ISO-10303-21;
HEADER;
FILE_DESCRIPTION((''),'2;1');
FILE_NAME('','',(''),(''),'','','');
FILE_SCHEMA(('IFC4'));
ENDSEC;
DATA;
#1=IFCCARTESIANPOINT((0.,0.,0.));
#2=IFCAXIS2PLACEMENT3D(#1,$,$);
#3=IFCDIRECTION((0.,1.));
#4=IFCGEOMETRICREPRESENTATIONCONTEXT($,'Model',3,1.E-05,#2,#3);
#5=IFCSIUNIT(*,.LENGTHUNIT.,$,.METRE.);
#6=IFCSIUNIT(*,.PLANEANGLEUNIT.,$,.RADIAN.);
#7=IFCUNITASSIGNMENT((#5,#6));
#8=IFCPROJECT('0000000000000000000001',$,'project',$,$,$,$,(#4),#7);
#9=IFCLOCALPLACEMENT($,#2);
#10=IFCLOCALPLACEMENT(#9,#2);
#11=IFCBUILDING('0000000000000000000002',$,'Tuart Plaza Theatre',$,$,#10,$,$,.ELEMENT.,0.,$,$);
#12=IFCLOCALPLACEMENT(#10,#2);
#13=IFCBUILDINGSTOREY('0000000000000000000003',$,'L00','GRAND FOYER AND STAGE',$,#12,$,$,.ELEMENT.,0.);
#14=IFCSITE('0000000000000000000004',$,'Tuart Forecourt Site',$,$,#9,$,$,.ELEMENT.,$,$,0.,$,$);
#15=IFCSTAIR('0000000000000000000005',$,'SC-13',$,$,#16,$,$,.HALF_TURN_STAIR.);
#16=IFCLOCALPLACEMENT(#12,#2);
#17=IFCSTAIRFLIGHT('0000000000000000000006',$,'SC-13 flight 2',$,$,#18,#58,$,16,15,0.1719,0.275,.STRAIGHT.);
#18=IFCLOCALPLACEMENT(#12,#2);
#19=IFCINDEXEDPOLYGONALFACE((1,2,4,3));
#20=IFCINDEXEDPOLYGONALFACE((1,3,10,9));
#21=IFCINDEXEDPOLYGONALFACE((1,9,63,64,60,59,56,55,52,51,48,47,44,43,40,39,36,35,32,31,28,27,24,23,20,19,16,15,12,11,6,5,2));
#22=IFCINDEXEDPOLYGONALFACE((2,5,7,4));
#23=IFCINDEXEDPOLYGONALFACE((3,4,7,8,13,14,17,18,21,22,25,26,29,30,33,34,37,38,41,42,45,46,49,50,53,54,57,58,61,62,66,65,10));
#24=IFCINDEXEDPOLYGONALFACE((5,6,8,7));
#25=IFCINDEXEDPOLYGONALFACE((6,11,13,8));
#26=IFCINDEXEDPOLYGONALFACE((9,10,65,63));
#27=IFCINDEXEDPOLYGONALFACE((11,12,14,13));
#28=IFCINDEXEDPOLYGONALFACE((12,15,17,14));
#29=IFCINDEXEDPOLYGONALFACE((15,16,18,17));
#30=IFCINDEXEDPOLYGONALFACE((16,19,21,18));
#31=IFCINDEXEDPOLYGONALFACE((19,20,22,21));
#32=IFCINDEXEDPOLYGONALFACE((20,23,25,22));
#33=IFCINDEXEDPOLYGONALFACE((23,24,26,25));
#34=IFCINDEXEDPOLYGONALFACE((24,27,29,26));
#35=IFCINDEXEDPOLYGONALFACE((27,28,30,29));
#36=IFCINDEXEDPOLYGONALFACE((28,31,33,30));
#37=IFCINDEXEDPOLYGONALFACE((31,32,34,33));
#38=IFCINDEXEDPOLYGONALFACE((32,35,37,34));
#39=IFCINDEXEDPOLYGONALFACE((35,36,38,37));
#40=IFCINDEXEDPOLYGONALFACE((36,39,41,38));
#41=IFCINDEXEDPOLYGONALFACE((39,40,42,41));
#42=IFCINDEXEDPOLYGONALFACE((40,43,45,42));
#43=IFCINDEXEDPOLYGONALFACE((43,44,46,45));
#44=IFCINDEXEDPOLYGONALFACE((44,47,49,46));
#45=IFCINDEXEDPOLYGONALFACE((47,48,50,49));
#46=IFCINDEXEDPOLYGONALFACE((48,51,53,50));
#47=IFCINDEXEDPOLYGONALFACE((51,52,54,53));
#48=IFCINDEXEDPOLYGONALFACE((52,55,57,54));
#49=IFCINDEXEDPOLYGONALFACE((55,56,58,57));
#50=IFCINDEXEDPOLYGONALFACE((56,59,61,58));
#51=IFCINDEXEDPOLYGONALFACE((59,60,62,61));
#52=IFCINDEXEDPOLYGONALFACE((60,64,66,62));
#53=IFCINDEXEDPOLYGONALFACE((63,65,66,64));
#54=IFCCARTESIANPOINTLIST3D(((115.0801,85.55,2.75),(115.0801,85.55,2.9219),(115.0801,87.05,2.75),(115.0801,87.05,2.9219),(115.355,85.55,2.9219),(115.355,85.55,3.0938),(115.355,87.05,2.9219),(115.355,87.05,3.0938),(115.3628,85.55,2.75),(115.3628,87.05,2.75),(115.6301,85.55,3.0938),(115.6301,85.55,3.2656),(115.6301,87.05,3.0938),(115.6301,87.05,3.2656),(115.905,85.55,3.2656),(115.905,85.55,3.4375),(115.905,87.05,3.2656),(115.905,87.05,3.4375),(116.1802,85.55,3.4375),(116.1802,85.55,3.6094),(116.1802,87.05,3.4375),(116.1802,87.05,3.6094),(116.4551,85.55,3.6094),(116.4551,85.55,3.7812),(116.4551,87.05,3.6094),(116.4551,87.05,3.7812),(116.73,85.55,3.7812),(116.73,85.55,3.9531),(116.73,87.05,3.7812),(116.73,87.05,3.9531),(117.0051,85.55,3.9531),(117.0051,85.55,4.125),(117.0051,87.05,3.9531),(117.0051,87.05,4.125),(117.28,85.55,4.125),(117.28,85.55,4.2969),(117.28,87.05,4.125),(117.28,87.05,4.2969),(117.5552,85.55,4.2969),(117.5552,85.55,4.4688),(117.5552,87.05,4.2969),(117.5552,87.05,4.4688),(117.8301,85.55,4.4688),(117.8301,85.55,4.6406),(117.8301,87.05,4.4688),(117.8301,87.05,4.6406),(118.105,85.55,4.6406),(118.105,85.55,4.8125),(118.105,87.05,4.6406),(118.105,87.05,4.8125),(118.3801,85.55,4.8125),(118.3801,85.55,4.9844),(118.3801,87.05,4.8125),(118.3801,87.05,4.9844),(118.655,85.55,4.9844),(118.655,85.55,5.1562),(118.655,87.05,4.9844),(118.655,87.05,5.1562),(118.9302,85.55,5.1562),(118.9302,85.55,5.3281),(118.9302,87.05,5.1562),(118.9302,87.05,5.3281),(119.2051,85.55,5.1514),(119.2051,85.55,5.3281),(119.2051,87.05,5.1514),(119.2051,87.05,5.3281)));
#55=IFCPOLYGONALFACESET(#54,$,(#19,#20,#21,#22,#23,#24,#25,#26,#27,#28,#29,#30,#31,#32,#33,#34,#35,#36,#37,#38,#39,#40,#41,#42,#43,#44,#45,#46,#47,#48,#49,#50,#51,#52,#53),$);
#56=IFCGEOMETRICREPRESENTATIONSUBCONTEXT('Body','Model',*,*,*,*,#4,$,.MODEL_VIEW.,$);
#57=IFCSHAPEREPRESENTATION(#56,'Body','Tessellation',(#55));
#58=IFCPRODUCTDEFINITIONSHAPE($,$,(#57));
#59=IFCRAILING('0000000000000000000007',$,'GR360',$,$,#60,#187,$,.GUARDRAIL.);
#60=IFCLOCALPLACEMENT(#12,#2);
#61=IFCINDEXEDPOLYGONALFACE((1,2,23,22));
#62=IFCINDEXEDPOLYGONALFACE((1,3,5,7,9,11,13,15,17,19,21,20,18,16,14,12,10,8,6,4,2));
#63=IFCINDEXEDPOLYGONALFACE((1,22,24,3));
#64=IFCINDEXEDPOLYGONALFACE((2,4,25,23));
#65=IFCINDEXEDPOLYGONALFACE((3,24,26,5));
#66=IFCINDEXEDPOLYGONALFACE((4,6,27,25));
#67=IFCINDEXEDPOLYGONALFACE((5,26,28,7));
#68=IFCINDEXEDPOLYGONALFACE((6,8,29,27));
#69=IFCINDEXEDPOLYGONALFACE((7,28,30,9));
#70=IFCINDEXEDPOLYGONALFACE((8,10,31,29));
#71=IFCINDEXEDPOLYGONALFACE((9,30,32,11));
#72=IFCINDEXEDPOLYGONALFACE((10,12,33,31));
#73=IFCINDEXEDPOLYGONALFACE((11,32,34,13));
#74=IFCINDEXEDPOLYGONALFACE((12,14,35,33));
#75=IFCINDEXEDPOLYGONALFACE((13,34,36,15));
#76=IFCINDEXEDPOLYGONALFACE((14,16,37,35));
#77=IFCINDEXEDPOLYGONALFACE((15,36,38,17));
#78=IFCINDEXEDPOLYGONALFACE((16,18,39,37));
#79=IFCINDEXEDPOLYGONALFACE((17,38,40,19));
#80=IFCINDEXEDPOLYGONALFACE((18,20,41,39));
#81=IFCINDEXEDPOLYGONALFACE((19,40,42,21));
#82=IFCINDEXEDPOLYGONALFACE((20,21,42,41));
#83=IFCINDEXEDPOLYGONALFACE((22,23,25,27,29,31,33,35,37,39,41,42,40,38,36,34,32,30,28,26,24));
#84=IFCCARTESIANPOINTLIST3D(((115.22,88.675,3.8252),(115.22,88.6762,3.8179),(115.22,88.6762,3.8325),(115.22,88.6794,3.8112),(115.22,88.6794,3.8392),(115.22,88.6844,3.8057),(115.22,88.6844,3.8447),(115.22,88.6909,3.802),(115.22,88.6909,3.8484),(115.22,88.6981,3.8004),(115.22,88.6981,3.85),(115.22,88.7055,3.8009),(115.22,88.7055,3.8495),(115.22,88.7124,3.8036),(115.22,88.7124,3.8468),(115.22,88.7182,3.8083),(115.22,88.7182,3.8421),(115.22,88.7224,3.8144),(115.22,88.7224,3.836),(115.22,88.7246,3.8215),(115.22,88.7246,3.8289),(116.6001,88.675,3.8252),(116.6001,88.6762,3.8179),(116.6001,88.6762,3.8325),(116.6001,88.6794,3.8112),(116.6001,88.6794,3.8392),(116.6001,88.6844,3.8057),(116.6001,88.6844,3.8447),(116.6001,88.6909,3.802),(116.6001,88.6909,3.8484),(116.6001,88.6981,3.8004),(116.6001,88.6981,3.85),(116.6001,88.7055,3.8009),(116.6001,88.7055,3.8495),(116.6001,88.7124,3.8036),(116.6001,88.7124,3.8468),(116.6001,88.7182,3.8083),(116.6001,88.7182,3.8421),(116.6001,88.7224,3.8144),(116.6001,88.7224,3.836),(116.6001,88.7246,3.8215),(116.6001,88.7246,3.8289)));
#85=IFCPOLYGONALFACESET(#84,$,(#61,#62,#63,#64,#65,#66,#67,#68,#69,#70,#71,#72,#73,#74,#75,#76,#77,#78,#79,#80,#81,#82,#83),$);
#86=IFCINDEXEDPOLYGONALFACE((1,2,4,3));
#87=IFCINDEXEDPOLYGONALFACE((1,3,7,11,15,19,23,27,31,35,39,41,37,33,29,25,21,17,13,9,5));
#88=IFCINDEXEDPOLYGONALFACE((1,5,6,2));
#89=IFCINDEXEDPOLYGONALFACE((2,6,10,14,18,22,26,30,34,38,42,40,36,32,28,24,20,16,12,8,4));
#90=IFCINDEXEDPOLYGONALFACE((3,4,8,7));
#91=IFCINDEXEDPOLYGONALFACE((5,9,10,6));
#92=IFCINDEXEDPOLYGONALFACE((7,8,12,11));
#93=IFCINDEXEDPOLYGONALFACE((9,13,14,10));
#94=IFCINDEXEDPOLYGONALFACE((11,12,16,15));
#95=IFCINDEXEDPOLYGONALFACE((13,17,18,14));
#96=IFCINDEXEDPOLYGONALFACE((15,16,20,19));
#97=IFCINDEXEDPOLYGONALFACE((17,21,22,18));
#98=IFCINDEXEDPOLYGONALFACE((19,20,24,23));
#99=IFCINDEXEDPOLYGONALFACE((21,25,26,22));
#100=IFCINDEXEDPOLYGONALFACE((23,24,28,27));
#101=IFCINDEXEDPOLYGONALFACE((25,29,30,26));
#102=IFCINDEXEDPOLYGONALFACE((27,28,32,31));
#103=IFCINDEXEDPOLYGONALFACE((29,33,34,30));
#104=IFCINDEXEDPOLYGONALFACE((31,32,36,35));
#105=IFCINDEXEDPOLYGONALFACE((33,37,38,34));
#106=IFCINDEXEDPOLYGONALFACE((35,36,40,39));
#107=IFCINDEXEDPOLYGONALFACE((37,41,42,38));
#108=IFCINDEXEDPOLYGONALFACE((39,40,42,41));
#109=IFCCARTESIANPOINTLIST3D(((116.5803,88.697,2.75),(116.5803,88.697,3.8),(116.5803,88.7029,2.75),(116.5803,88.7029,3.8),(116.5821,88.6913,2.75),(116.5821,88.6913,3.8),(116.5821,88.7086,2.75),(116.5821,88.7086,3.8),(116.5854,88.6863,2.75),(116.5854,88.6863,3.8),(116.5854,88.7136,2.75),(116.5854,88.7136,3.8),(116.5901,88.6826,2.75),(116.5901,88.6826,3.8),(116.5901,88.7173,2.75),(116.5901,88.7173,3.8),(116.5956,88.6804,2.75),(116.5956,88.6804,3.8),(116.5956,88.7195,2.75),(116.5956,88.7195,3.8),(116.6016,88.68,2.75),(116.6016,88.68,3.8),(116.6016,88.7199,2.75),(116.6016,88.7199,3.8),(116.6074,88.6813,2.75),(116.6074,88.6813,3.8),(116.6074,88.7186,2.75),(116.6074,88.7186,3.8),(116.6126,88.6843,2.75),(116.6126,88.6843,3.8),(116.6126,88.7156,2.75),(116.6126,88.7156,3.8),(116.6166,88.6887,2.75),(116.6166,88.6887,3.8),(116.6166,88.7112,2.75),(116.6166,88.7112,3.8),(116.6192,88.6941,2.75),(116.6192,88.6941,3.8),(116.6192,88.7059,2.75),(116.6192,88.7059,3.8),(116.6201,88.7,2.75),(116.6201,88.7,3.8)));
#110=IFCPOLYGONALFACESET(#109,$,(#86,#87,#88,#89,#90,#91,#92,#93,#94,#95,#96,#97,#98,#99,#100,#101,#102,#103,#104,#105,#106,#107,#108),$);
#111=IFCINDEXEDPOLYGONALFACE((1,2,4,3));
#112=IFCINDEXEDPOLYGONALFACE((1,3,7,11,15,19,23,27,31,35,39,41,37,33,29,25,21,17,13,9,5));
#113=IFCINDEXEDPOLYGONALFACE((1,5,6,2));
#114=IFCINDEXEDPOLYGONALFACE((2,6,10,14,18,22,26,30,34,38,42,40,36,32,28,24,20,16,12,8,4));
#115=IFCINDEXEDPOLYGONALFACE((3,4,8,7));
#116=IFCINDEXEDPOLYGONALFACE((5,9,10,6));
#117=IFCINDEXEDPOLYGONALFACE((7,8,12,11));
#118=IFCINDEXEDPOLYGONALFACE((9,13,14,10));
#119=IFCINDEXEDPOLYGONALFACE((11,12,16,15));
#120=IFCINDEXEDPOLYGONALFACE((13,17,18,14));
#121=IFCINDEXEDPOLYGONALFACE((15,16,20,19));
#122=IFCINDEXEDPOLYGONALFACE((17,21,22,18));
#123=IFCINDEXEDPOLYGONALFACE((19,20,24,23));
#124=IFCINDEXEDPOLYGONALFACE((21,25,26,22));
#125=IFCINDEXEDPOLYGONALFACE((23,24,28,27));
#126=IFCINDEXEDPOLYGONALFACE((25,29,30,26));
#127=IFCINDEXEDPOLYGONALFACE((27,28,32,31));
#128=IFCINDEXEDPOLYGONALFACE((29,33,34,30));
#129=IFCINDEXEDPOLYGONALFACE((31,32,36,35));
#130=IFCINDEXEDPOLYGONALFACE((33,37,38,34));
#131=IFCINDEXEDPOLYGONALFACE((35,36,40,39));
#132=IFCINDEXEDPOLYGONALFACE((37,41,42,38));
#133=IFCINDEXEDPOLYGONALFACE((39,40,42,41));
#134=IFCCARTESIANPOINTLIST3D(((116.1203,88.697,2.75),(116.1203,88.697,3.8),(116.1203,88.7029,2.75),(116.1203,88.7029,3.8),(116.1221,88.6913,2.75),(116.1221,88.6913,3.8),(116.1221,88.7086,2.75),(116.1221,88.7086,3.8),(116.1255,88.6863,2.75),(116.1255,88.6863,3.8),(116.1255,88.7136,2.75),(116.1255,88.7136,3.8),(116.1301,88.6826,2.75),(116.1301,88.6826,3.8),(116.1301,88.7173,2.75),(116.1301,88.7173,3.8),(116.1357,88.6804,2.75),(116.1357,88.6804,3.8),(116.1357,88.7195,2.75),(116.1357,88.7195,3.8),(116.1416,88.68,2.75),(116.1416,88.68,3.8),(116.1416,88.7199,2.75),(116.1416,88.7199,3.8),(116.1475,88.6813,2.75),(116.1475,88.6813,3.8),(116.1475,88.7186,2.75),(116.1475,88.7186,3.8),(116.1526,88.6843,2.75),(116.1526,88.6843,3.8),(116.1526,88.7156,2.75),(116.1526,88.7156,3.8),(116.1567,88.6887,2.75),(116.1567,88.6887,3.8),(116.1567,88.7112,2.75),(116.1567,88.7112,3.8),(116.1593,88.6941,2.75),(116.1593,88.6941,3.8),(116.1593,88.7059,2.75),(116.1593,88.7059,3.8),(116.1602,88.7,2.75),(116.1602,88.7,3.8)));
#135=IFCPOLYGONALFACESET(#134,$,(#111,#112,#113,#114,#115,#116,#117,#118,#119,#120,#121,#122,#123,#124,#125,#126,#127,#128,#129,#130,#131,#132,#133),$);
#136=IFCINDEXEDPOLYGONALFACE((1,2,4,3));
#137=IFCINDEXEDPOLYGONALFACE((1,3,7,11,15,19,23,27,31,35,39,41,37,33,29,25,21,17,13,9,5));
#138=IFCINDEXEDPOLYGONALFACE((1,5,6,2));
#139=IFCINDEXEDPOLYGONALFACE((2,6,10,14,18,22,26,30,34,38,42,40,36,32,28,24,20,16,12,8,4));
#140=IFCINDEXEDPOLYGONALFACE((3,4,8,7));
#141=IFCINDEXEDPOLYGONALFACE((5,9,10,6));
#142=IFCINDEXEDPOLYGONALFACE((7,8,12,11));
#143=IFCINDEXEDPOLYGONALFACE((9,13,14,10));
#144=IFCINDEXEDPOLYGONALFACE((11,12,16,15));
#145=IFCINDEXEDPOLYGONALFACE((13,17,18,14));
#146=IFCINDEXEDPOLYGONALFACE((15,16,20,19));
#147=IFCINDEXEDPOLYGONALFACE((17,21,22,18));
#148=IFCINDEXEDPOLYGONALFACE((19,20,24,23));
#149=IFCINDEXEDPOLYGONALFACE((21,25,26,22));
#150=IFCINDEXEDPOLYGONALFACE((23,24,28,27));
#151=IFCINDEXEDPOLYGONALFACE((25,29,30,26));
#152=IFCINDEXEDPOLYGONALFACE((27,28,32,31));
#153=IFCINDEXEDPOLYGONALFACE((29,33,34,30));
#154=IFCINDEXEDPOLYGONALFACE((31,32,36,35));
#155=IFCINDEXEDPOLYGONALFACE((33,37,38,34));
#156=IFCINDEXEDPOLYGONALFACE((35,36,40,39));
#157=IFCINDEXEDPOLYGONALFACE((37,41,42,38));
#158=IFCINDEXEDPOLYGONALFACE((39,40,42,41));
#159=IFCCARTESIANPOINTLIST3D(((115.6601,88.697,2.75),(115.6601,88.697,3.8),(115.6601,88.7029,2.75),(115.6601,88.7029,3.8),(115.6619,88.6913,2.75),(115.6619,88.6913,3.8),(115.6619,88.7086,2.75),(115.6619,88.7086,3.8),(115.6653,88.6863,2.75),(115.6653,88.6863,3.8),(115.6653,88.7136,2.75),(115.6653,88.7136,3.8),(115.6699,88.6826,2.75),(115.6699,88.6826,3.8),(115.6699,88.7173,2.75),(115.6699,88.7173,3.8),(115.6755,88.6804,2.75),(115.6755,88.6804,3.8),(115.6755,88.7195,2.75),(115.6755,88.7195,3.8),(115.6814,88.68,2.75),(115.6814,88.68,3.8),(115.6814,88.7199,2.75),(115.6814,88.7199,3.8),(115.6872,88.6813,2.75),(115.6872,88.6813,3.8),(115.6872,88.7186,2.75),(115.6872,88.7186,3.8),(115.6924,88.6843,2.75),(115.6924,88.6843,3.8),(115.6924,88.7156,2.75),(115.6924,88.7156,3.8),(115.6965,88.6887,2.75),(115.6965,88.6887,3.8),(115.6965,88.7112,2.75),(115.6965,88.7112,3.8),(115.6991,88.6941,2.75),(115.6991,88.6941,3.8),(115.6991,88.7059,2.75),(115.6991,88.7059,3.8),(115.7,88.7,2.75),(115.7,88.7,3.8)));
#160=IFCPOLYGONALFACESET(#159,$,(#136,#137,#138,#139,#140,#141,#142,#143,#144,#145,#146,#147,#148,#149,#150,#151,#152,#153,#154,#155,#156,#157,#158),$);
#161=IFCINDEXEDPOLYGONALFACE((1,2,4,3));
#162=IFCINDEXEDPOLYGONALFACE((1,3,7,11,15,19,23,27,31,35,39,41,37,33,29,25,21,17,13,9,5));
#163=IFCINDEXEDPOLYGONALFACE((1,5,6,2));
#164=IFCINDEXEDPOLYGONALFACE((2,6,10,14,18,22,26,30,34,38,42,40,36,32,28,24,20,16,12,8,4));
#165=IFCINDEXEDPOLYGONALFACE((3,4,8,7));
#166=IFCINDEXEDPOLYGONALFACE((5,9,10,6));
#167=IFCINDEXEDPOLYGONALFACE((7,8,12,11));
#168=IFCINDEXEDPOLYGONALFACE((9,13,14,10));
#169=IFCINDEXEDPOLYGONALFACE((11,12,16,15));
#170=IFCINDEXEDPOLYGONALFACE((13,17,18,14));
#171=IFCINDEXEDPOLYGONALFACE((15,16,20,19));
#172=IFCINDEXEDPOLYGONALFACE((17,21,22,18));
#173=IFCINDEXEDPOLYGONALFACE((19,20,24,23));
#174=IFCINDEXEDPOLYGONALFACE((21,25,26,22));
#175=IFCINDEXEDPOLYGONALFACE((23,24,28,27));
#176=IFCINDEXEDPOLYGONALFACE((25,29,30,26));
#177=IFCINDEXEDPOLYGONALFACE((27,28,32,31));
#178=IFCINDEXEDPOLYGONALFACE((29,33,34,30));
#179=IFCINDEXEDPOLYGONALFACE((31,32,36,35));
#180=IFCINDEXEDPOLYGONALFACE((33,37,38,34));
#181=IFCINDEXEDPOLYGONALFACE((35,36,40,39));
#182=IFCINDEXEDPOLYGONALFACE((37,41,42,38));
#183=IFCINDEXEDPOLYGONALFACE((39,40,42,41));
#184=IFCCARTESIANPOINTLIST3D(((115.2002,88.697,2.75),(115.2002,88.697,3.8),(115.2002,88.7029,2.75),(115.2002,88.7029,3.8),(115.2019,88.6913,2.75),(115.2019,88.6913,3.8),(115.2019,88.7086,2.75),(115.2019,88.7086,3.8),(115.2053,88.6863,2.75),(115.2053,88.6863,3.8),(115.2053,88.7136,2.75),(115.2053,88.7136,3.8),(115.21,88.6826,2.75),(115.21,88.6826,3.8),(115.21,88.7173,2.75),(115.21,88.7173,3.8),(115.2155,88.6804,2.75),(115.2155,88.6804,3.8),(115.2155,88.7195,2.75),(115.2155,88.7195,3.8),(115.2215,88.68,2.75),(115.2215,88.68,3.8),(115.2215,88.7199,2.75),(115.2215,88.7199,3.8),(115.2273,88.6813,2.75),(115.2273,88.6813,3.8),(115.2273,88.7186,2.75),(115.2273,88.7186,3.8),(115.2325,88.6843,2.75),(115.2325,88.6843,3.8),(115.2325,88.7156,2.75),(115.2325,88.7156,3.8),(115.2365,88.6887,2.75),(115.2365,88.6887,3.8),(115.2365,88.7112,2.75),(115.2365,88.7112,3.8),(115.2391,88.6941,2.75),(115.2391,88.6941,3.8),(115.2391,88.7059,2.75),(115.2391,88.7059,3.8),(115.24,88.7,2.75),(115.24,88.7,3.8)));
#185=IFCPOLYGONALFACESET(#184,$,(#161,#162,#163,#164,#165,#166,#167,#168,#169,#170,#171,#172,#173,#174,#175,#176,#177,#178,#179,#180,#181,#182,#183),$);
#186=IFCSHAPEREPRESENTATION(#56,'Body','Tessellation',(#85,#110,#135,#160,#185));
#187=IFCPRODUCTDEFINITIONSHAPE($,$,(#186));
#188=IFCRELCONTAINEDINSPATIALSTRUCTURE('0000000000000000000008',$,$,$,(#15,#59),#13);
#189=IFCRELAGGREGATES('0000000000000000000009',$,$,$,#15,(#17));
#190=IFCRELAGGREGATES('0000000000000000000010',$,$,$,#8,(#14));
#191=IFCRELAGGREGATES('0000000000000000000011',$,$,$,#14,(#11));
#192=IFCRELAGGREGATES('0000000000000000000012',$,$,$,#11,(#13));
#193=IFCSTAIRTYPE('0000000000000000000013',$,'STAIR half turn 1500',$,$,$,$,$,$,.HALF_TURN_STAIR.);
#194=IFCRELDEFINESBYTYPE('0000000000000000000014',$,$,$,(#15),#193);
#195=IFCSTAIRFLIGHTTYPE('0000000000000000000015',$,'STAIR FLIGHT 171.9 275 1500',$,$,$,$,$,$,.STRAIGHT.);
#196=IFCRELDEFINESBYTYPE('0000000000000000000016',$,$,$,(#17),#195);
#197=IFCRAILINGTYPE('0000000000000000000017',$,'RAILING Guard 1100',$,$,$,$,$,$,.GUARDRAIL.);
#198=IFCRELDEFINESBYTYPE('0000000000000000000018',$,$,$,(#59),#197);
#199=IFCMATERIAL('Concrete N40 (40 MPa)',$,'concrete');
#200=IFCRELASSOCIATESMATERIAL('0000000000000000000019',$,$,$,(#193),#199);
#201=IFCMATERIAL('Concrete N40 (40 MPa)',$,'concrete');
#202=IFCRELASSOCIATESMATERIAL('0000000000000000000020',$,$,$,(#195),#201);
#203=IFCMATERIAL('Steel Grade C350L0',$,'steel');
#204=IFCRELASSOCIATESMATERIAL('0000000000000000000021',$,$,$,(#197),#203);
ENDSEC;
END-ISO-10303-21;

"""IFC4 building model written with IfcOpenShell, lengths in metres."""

from ifc_helpers import new_model, si_unit, direction, frame, origin, origin_2d, place, context, subcontext, project, spatial, polyline, circle, outline, extrude, material, type_object, element, aggregate, save


model = new_model("IFC4")

# Units and contexts
model_context = context("Model", 3, precision=1e-05, world=origin(), true_north=direction((0.0, 1.0)))
body_context = subcontext(model_context, "Body", "Model", "MODEL_VIEW")
ifc_project = project(units=[si_unit("LENGTHUNIT", "METRE"), si_unit("PLANEANGLEUNIT", "RADIAN")], contexts=[model_context])

# Site, building, storey
site_placement = place(None, origin())
site = spatial("IfcSite", under=ifc_project, at=site_placement, Name="Tuart Forecourt Site", CompositionType="ELEMENT", RefElevation=0.0)
building_placement = place(site_placement, origin())
building = spatial("IfcBuilding", under=site, at=building_placement, Name="Tuart Plaza Theatre", CompositionType="ELEMENT", ElevationOfRefHeight=0.0)
storey_placement = place(building_placement, origin())
storey = spatial("IfcBuildingStorey", under=building, at=storey_placement, Name="L00", Description="GRAND FOYER AND STAGE", CompositionType="ELEMENT", Elevation=0.0)

# Stair, stair flight
ifc_material_1 = material(Name="Concrete N40 (40 MPa)", Category="concrete")
stair_type = type_object("IfcStairType", Name="STAIR half turn 1500", PredefinedType="HALF_TURN_STAIR", material=ifc_material_1)
stair_placement = place(storey_placement, origin())
stair = element("IfcStair", 1, at=stair_placement, inside=storey, type_object=stair_type, Name="SC-13", PredefinedType="HALF_TURN_STAIR")
ifc_material_2 = material(Name="Concrete N40 (40 MPa)", Category="concrete")
stair_flight_type = type_object("IfcStairFlightType", Name="STAIR FLIGHT 171.9 275 1500", PredefinedType="STRAIGHT", material=ifc_material_2)
stair_flight_1_placement = place(storey_placement, frame((115.0801, 86.3, 2.75), z_axis=(0.0, 0.0, 1.0), x_axis=(1.0, 0.0, 0.0)))
stair_flight_1 = element("IfcStairFlight", 2, at=stair_flight_1_placement, type_object=stair_flight_type, Name="SC-13 flight 2", NumberOfRisers=16, NumberOfTreads=15, PredefinedType="STRAIGHT", RiserHeight=0.1719, TreadLength=0.275, context=body_context, shape_type="SweptSolid", body=[
    extrude(outline(polyline([(0.0, 0.0), (0.0, 0.1719), (0.2749, 0.1719), (0.2749, 0.3438), (0.55, 0.3438), (0.55, 0.5156), (0.825, 0.5156), (0.825, 0.6875), (1.1001, 0.6875), (1.1001, 0.8594), (1.375, 0.8594), (1.375, 1.0312), (1.6499, 1.0312), (1.6499, 1.2031), (1.925, 1.2031), (1.925, 1.375), (2.2, 1.375), (2.2, 1.5469), (2.4751, 1.5469), (2.4751, 1.7188), (2.75, 1.7188), (2.75, 1.8906), (3.0249, 1.8906), (3.0249, 2.0625), (3.3, 2.0625), (3.3, 2.2344), (3.575, 2.2344), (3.575, 2.4062), (3.8501, 2.4062), (3.8501, 2.5781), (4.125, 2.5781), (4.125, 2.75), (4.125, 2.4014), (0.2827, 0.0), (0.0, 0.0)])), frame((0.0, 0.75, 0.0), z_axis=(0.0, -1.0, 0.0), x_axis=(1.0, 0.0, 0.0)), (0.0, 0.0, 1.0), 1.5),
])
aggregate(stair, [stair_flight_1])

# Railing
ifc_material_3 = material(Name="Steel Grade C350L0", Category="steel")
railing_type_1 = type_object("IfcRailingType", Name="RAILING Guard 1100", PredefinedType="GUARDRAIL", material=ifc_material_3)
railing_1_placement = place(storey_placement, frame((116.6001, 88.7, 2.75)))
element("IfcRailing", 3, at=railing_1_placement, inside=storey, type_object=railing_type_1, Name="GR360", PredefinedType="GUARDRAIL", context=body_context, shape_type="SweptSolid", body=[
    extrude(circle(Radius=0.0249, at=origin_2d()), frame((0.0, 0.0, 1.0752), z_axis=(-1.0, 0.0, 0.0), x_axis=(0.0, -1.0, 0.0)), (0.0, 0.0, 1.0), 1.3801),
    extrude(circle(Radius=0.02, at=origin_2d()), origin(), (0.0, 0.0, 1.0), 1.05),
    extrude(circle(Radius=0.02, at=origin_2d()), frame((-0.46, 0.0, 0.0)), (0.0, 0.0, 1.0), 1.05),
    extrude(circle(Radius=0.02, at=origin_2d()), frame((-0.9202, 0.0, 0.0)), (0.0, 0.0, 1.0), 1.05),
    extrude(circle(Radius=0.02, at=origin_2d()), frame((-1.3801, 0.0, 0.0)), (0.0, 0.0, 1.0), 1.05),
])

save(model, "model.ifc")
